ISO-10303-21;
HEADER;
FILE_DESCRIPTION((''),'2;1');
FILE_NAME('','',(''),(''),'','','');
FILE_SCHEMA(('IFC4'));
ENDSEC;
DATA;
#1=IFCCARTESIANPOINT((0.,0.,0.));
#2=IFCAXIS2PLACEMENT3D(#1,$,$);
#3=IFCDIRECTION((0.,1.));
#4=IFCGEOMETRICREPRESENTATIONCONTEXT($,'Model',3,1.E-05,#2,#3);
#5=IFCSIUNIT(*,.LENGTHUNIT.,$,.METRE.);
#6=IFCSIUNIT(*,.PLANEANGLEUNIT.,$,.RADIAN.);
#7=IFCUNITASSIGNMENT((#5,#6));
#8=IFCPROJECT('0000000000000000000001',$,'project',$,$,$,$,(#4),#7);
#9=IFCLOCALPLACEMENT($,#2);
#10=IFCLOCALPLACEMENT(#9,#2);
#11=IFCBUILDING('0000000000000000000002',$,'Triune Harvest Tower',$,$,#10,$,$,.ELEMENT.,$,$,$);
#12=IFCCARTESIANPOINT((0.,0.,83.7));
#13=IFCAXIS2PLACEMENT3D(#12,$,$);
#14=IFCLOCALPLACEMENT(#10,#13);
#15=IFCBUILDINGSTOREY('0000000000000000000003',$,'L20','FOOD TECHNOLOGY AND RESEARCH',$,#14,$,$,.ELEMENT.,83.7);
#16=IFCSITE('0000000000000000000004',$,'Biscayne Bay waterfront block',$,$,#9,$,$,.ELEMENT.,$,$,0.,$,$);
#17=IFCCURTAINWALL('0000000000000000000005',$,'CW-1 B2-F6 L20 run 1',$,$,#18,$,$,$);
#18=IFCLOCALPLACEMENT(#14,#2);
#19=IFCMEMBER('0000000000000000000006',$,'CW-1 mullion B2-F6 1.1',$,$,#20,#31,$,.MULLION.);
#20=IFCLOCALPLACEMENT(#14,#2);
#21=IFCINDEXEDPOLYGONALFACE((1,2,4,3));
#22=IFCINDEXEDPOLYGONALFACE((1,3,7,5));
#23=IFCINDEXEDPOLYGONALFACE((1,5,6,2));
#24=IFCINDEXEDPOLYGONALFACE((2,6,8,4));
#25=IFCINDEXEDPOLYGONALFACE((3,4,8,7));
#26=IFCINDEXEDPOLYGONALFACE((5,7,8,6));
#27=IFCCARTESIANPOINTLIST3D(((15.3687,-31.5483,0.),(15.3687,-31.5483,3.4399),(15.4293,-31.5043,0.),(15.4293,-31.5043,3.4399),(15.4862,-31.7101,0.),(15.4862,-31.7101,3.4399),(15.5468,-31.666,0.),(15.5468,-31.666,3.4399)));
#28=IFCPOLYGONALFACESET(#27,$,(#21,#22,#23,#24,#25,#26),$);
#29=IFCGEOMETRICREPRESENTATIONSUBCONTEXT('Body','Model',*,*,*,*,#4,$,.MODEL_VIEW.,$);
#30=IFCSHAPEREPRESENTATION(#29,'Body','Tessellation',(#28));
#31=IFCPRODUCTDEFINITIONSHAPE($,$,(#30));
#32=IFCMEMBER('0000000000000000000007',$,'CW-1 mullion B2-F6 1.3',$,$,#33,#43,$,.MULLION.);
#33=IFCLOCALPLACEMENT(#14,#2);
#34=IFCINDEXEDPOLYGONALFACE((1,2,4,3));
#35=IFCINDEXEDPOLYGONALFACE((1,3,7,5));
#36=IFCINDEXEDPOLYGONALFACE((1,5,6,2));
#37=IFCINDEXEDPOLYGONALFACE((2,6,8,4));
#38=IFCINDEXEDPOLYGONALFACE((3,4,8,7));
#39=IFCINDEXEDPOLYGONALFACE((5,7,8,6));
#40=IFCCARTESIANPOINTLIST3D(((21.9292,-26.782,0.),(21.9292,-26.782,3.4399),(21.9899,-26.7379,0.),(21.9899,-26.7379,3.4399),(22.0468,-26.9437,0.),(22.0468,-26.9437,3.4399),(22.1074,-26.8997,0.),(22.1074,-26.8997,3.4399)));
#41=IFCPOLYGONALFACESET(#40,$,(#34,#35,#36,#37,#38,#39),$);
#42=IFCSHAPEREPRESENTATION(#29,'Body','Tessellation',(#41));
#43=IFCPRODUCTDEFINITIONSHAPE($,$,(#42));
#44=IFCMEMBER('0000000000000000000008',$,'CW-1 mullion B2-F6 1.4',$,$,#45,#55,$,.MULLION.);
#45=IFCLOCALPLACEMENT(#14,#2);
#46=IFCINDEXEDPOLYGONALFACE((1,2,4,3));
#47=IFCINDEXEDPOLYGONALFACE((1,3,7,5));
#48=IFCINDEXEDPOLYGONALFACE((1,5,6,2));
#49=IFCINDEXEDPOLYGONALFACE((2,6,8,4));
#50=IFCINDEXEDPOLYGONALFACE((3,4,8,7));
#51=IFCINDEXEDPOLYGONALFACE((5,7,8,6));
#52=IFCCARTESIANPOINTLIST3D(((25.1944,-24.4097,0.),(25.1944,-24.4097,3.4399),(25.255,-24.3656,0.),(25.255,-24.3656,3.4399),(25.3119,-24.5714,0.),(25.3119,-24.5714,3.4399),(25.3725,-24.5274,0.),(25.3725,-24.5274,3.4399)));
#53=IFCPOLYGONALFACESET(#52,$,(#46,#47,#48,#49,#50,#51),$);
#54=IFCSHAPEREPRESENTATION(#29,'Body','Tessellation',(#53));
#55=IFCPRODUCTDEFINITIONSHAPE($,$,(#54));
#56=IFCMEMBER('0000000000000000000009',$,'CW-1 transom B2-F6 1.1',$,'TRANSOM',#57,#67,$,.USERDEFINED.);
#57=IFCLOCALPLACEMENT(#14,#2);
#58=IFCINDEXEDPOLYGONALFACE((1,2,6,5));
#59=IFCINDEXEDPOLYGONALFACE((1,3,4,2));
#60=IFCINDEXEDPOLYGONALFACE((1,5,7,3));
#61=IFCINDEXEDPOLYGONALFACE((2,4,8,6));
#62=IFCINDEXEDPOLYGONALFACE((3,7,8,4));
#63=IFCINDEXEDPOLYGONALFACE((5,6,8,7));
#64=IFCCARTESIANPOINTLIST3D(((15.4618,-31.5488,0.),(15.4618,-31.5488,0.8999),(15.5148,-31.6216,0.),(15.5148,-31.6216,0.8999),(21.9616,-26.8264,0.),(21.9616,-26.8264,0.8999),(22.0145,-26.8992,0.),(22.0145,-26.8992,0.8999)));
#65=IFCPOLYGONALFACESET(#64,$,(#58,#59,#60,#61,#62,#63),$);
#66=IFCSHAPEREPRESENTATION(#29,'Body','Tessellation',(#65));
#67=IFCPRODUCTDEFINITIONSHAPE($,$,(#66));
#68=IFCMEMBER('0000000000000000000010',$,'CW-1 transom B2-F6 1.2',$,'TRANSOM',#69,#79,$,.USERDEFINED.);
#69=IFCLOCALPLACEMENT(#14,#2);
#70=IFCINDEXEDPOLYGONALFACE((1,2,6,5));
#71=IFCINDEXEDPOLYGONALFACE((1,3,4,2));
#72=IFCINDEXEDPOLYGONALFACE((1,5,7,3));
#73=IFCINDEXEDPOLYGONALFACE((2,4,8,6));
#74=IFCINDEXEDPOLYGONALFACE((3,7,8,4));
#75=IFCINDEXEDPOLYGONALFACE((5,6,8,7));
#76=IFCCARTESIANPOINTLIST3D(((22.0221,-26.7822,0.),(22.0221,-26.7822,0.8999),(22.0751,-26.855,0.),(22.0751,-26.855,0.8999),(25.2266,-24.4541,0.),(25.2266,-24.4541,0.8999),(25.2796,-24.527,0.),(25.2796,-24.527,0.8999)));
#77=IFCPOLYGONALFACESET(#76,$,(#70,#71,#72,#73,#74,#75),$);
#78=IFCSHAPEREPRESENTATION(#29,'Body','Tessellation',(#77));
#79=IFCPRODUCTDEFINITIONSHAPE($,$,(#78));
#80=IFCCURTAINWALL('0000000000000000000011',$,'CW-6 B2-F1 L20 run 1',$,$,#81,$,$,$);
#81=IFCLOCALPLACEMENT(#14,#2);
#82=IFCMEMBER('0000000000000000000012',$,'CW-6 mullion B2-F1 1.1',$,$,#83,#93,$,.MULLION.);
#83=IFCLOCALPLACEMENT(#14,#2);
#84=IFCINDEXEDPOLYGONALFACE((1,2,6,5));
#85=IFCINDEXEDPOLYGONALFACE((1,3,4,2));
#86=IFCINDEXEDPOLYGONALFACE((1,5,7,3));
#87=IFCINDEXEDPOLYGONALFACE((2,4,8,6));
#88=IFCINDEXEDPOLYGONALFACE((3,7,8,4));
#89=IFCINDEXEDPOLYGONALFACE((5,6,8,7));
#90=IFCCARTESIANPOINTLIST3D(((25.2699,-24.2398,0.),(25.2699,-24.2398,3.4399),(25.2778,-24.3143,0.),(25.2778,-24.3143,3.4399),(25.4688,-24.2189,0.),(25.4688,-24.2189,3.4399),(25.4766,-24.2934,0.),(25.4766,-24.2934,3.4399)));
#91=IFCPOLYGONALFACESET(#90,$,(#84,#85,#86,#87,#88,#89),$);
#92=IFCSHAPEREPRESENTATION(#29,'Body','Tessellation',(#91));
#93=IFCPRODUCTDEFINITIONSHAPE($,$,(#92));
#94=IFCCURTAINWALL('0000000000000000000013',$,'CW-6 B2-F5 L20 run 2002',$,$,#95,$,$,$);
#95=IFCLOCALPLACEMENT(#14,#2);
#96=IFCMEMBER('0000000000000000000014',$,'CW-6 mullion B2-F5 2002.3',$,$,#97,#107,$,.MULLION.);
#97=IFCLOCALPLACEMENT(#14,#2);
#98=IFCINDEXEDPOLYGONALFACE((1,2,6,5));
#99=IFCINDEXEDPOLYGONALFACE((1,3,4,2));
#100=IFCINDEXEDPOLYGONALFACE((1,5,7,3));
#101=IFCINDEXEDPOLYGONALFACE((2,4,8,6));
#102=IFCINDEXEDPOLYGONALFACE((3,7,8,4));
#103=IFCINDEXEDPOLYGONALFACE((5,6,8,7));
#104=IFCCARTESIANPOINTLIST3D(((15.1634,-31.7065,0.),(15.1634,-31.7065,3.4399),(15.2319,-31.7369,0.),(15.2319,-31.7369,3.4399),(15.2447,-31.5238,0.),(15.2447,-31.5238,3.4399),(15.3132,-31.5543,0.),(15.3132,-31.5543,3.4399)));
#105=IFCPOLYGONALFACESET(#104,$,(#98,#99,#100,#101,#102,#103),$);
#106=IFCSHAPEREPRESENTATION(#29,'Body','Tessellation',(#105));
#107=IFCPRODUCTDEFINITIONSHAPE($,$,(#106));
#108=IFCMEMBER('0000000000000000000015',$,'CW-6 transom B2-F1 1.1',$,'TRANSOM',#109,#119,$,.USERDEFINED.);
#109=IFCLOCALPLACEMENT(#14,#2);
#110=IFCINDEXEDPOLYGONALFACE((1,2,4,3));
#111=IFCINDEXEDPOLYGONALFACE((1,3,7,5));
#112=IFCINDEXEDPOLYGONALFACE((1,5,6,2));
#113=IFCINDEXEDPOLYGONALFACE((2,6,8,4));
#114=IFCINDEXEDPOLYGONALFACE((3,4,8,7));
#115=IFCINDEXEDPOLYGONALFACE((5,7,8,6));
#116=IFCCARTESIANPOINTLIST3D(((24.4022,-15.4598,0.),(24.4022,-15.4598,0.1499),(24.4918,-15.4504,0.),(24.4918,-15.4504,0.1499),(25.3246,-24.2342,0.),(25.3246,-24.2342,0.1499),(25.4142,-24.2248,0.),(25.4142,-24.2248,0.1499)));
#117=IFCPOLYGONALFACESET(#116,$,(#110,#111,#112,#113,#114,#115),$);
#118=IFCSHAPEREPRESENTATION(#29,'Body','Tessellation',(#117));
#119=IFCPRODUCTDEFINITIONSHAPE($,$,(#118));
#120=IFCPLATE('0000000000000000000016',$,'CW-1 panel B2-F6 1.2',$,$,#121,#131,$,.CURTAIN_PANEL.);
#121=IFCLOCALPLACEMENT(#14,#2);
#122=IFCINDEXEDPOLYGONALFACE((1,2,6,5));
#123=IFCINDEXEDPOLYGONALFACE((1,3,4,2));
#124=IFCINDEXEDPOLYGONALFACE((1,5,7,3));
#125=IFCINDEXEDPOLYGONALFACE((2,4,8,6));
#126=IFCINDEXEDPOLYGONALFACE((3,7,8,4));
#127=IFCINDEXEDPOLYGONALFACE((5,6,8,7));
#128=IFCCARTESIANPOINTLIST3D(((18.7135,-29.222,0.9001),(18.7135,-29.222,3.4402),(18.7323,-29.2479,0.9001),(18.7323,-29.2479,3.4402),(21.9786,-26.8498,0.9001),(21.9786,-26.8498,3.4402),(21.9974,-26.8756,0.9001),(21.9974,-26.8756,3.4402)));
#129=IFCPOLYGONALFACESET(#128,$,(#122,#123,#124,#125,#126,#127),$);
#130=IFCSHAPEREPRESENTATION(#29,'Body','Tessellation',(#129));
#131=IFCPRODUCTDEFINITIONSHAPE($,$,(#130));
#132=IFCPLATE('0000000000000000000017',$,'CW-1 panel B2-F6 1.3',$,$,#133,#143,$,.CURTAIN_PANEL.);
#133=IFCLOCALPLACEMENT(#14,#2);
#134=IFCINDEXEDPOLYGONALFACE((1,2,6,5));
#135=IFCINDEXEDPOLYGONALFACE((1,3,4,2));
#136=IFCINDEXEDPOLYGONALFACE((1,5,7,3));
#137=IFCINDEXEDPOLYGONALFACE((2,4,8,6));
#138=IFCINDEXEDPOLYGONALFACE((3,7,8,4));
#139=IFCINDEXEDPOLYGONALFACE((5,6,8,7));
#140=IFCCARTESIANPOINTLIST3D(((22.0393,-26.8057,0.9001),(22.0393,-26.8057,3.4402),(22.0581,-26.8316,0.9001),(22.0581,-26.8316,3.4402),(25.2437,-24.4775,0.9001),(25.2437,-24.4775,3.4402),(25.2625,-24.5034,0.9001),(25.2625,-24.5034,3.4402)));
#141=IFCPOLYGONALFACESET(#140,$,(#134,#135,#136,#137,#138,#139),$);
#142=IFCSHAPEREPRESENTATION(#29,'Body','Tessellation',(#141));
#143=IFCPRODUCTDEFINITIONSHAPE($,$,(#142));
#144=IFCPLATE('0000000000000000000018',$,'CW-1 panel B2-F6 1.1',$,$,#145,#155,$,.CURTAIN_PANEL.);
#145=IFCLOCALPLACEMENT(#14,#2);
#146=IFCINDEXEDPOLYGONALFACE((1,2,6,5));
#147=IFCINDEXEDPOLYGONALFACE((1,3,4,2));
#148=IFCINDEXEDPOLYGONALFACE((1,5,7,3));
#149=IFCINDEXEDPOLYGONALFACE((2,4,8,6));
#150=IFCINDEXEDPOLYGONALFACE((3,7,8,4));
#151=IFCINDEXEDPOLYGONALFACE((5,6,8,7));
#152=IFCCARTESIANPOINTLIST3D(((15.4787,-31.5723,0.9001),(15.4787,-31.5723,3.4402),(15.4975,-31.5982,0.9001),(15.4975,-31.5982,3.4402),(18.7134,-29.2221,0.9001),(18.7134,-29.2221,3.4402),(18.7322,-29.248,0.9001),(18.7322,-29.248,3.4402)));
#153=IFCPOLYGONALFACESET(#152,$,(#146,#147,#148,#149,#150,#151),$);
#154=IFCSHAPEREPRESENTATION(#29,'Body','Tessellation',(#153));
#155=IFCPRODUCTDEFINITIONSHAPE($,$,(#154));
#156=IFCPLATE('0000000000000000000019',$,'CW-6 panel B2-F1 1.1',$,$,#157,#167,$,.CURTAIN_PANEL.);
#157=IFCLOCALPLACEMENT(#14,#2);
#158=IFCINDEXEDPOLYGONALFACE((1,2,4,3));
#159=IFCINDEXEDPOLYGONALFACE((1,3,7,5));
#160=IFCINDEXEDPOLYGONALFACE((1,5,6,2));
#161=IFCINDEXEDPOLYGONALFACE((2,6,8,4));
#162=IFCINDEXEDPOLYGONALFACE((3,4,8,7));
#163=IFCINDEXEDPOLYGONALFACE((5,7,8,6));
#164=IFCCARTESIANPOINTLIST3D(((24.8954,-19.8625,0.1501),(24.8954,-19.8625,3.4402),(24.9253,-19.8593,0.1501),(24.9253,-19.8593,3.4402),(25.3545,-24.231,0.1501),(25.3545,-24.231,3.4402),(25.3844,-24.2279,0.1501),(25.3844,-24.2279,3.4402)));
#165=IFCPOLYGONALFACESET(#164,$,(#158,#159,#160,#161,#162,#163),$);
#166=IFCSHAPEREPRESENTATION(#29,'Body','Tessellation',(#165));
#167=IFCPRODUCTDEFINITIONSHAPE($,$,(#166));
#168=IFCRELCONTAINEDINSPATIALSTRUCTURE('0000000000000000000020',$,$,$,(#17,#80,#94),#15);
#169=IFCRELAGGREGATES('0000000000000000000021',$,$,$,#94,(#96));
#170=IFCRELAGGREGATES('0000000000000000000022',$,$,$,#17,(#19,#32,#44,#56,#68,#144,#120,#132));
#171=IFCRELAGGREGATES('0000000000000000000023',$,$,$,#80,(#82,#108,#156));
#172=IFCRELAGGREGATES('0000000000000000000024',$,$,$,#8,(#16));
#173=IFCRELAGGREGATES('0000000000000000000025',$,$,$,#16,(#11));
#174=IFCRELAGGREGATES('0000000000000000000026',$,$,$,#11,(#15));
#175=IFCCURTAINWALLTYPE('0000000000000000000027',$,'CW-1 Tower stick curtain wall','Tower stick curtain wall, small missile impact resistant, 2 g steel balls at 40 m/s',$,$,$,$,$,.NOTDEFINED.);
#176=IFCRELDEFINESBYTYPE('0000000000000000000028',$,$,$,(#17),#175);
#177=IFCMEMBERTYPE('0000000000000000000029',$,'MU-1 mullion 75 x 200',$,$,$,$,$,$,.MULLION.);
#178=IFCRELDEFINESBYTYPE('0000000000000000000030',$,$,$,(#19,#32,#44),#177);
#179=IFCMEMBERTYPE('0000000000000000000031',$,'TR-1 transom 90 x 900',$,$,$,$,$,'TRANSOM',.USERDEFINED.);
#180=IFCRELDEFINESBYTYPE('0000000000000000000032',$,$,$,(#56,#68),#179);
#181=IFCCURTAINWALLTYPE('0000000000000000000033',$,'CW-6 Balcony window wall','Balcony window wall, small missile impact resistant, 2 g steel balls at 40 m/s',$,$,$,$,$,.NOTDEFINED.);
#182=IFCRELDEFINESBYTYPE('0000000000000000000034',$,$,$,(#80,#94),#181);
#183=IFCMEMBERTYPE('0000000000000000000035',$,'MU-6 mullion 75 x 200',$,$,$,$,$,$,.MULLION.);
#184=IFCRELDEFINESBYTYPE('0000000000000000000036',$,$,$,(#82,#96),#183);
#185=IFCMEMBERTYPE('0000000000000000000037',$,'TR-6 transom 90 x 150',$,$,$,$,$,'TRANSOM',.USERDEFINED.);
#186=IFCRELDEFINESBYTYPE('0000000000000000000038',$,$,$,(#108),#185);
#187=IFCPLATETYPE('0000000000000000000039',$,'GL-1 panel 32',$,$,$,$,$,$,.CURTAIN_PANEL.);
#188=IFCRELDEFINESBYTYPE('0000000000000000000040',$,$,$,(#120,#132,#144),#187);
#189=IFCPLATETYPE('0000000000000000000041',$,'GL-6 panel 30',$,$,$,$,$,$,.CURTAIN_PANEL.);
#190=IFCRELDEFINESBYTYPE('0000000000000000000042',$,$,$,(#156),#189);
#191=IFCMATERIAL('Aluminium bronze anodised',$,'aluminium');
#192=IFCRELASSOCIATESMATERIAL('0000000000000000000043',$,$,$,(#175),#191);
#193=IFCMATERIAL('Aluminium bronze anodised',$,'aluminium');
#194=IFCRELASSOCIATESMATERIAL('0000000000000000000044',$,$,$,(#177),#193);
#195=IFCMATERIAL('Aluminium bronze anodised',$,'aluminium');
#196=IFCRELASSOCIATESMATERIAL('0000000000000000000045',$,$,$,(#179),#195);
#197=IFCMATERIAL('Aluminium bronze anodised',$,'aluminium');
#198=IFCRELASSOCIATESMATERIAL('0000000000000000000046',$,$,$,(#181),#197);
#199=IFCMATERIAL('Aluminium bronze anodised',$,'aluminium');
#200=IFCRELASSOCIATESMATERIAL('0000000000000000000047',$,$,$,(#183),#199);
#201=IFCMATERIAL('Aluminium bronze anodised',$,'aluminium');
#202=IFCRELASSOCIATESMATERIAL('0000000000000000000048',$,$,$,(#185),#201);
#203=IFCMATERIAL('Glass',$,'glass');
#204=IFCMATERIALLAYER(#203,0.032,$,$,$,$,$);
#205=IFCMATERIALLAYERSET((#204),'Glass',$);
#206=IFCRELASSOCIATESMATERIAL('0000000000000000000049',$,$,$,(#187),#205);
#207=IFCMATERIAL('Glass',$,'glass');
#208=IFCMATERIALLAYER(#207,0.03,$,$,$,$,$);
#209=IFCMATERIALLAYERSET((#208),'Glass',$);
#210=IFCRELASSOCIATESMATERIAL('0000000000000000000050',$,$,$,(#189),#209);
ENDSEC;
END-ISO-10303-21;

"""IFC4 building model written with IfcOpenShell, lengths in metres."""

from ifc_helpers import new_model, si_unit, direction, frame, origin, origin_2d, place, context, subcontext, project, spatial, rectangle, extrude, source, transform, mapped, material, layer, layer_set, material_profile, profile_set, type_object, element, aggregate, save


model = new_model("IFC4")

# Units and contexts
model_context = context("Model", 3, precision=1e-05, world=origin(), true_north=direction((0.0, 1.0)))
body_context = subcontext(model_context, "Body", "Model", "MODEL_VIEW")
ifc_project = project(units=[si_unit("LENGTHUNIT", "METRE"), si_unit("PLANEANGLEUNIT", "RADIAN")], contexts=[model_context])

# Site, building, storey
site_placement = place(None, origin())
site = spatial("IfcSite", under=ifc_project, at=site_placement, Name="Biscayne Bay waterfront block", CompositionType="ELEMENT", RefElevation=0.0)
building_placement = place(site_placement, origin())
building = spatial("IfcBuilding", under=site, at=building_placement, Name="Triune Harvest Tower", CompositionType="ELEMENT")
storey_placement = place(building_placement, frame((0.0, 0.0, 83.7)))
storey = spatial("IfcBuildingStorey", under=building, at=storey_placement, Name="L20", Description="FOOD TECHNOLOGY AND RESEARCH", CompositionType="ELEMENT", Elevation=83.7)

# Curtain wall, members
ifc_material_1 = material(Name="Aluminium bronze anodised", Category="aluminium")
curtain_wall_type_1 = type_object("IfcCurtainWallType", Name="CW-1 Tower stick curtain wall", Description="Tower stick curtain wall, small missile impact resistant, 2 g steel balls at 40 m/s", PredefinedType="NOTDEFINED", material=ifc_material_1)
curtain_wall_1_placement = place(storey_placement, origin())
curtain_wall_1 = element("IfcCurtainWall", 1, at=curtain_wall_1_placement, inside=storey, type_object=curtain_wall_type_1, Name="CW-1 B2-F6 L20 run 1")
ifc_material_2 = material(Name="Aluminium bronze anodised", Category="aluminium")
ifc_material_profile_1 = material_profile(ifc_material_2, rectangle(XDim=0.2, YDim=0.075, at=origin_2d()), Name="MU-1 mullion 75 x 200")
ifc_profile_set_1 = profile_set([ifc_material_profile_1], Name="Aluminium bronze anodised")
member_type_1 = type_object("IfcMemberType", Name="MU-1 mullion 75 x 200", PredefinedType="MULLION", material=ifc_profile_set_1)
shared_shape_1 = source(origin(), body_context, "Body", "SweptSolid", [
    extrude(rectangle(XDim=0.2, YDim=0.075, at=origin_2d()), origin(), (0.0, 0.0, 1.0), 3.4399),
])
member_1_placement = place(storey_placement, frame((15.4578, -31.6072, 0.0), z_axis=(0.0, 0.0, 1.0), x_axis=(-0.58779, 0.809013, 0.0)))
member_1 = element("IfcMember", 2, at=member_1_placement, type_object=member_type_1, Name="CW-1 mullion B2-F6 1.1", PredefinedType="MULLION", context=body_context, shape_type="MappedRepresentation", body=[
    mapped(shared_shape_1, transform((0.0, 0.0, 0.0), scale=1.0)),
])
member_2_placement = place(storey_placement, frame((22.0183, -26.8408, 0.0), z_axis=(0.0, 0.0, 1.0), x_axis=(-0.58779, 0.809013, 0.0)))
member_2 = element("IfcMember", 3, at=member_2_placement, type_object=member_type_1, Name="CW-1 mullion B2-F6 1.3", PredefinedType="MULLION", context=body_context, shape_type="MappedRepresentation", body=[
    mapped(shared_shape_1, transform((0.0, 0.0, 0.0), scale=1.0)),
])
member_3_placement = place(storey_placement, frame((25.2834, -24.4685, 0.0), z_axis=(0.0, 0.0, 1.0), x_axis=(-0.58779, 0.809013, 0.0)))
member_3 = element("IfcMember", 4, at=member_3_placement, type_object=member_type_1, Name="CW-1 mullion B2-F6 1.4", PredefinedType="MULLION", context=body_context, shape_type="MappedRepresentation", body=[
    mapped(shared_shape_1, transform((0.0, 0.0, 0.0), scale=1.0)),
])
ifc_material_3 = material(Name="Aluminium bronze anodised", Category="aluminium")
ifc_material_profile_2 = material_profile(ifc_material_3, rectangle(XDim=0.0901, YDim=0.8999, at=origin_2d()), Name="TR-1 transom 90 x 900")
ifc_profile_set_2 = profile_set([ifc_material_profile_2], Name="Aluminium bronze anodised")
member_type_2 = type_object("IfcMemberType", Name="TR-1 transom 90 x 900", ElementType="TRANSOM", PredefinedType="USERDEFINED", material=ifc_profile_set_2)
shared_shape_2 = source(origin(), body_context, "Body", "SweptSolid", [
    extrude(rectangle(XDim=0.0901, YDim=0.8999, at=origin_2d()), origin(), (0.0, 0.0, 1.0), 8.0342),
])
member_4_placement = place(storey_placement, frame((15.4883, -31.5852, 0.45), z_axis=(0.809013, 0.58779, 0.0), x_axis=(-0.58779, 0.809013, 0.0)))
member_4 = element("IfcMember", 5, at=member_4_placement, type_object=member_type_2, Name="CW-1 transom B2-F6 1.1", ObjectType="TRANSOM", PredefinedType="USERDEFINED", context=body_context, shape_type="MappedRepresentation", body=[
    mapped(shared_shape_2, transform((0.0, 0.0, 0.0), scale=1.0)),
])
shared_shape_3 = source(origin(), body_context, "Body", "SweptSolid", [
    extrude(rectangle(XDim=0.0901, YDim=0.8999, at=origin_2d()), origin(), (0.0, 0.0, 1.0), 3.9609),
])
member_5_placement = place(storey_placement, frame((22.0486, -26.8186, 0.45), z_axis=(0.809034, 0.587761, 0.0), x_axis=(-0.587761, 0.809034, 0.0)))
member_5 = element("IfcMember", 6, at=member_5_placement, type_object=member_type_2, Name="CW-1 transom B2-F6 1.2", ObjectType="TRANSOM", PredefinedType="USERDEFINED", context=body_context, shape_type="MappedRepresentation", body=[
    mapped(shared_shape_3, transform((0.0, 0.0, 0.0), scale=1.0)),
])

# Curtain walls, members
ifc_material_4 = material(Name="Aluminium bronze anodised", Category="aluminium")
curtain_wall_type_2 = type_object("IfcCurtainWallType", Name="CW-6 Balcony window wall", Description="Balcony window wall, small missile impact resistant, 2 g steel balls at 40 m/s", PredefinedType="NOTDEFINED", material=ifc_material_4)
curtain_wall_2_placement = place(storey_placement, origin())
curtain_wall_2 = element("IfcCurtainWall", 7, at=curtain_wall_2_placement, inside=storey, type_object=curtain_wall_type_2, Name="CW-6 B2-F1 L20 run 1")
ifc_material_5 = material(Name="Aluminium bronze anodised", Category="aluminium")
ifc_material_profile_3 = material_profile(ifc_material_5, rectangle(XDim=0.2, YDim=0.075, at=origin_2d()), Name="MU-6 mullion 75 x 200")
ifc_profile_set_3 = profile_set([ifc_material_profile_3], Name="Aluminium bronze anodised")
member_type_3 = type_object("IfcMemberType", Name="MU-6 mullion 75 x 200", PredefinedType="MULLION", material=ifc_profile_set_3)
shared_shape_4 = source(origin(), body_context, "Body", "SweptSolid", [
    extrude(rectangle(XDim=0.2, YDim=0.075, at=origin_2d()), origin(), (0.0, 0.0, 1.0), 3.4399),
])
member_6_placement = place(storey_placement, frame((25.3733, -24.2666, 0.0), z_axis=(0.0, 0.0, 1.0), x_axis=(-0.994522, -0.104528, 0.0)))
member_6 = element("IfcMember", 8, at=member_6_placement, type_object=member_type_3, Name="CW-6 mullion B2-F1 1.1", PredefinedType="MULLION", context=body_context, shape_type="MappedRepresentation", body=[
    mapped(shared_shape_4, transform((0.0, 0.0, 0.0), scale=1.0)),
])
curtain_wall_3_placement = place(storey_placement, origin())
curtain_wall_3 = element("IfcCurtainWall", 9, at=curtain_wall_3_placement, inside=storey, type_object=curtain_wall_type_2, Name="CW-6 B2-F5 L20 run 2002")
member_7_placement = place(storey_placement, frame((15.2383, -31.6304, 0.0), z_axis=(0.0, 0.0, 1.0), x_axis=(0.406735, 0.913546, 0.0)))
member_7 = element("IfcMember", 10, at=member_7_placement, type_object=member_type_3, Name="CW-6 mullion B2-F5 2002.3", PredefinedType="MULLION", context=body_context, shape_type="MappedRepresentation", body=[
    mapped(shared_shape_4, transform((0.0, 0.0, 0.0), scale=1.0)),
])
aggregate(curtain_wall_3, [member_7])

# Member
ifc_material_6 = material(Name="Aluminium bronze anodised", Category="aluminium")
ifc_material_profile_4 = material_profile(ifc_material_6, rectangle(XDim=0.0901, YDim=0.1499, at=origin_2d()), Name="TR-6 transom 90 x 150")
ifc_profile_set_4 = profile_set([ifc_material_profile_4], Name="Aluminium bronze anodised")
member_type_4 = type_object("IfcMemberType", Name="TR-6 transom 90 x 150", ElementType="TRANSOM", PredefinedType="USERDEFINED", material=ifc_profile_set_4)
shared_shape_5 = source(origin(), body_context, "Body", "SweptSolid", [
    extrude(rectangle(XDim=0.0901, YDim=0.1499, at=origin_2d()), origin(), (0.0, 0.0, 1.0), 8.8228),
])
member_8_placement = place(storey_placement, frame((25.3694, -24.2295, 0.075), z_axis=(-0.104544, 0.99452, 0.0), x_axis=(-0.99452, -0.104544, 0.0)))
member_8 = element("IfcMember", 11, at=member_8_placement, type_object=member_type_4, Name="CW-6 transom B2-F1 1.1", ObjectType="TRANSOM", PredefinedType="USERDEFINED", context=body_context, shape_type="MappedRepresentation", body=[
    mapped(shared_shape_5, transform((0.0, 0.0, 0.0), scale=1.0)),
])

# Plates
ifc_material_7 = material(Name="Glass", Category="glass")
ifc_layer_1 = layer(ifc_material_7, 0.032)
ifc_layer_set_1 = layer_set([ifc_layer_1], Name="Glass")
plate_type_1 = type_object("IfcPlateType", Name="GL-1 panel 32", PredefinedType="CURTAIN_PANEL", material=ifc_layer_set_1)
shared_shape_6 = source(origin(), body_context, "Body", "SweptSolid", [
    extrude(rectangle(XDim=4.0359, YDim=0.032, at=origin_2d()), origin(), (0.0, 0.0, 1.0), 2.54),
])
plate_1_placement = place(storey_placement, frame((20.3555, -28.0488, 0.9001), z_axis=(0.0, 0.0, 1.0), x_axis=(0.809013, 0.58779, 0.0)))
plate_1 = element("IfcPlate", 12, at=plate_1_placement, type_object=plate_type_1, Name="CW-1 panel B2-F6 1.2", PredefinedType="CURTAIN_PANEL", context=body_context, shape_type="MappedRepresentation", body=[
    mapped(shared_shape_6, transform((0.0, 0.0, 0.0), scale=1.0)),
])
shared_shape_7 = source(origin(), body_context, "Body", "SweptSolid", [
    extrude(rectangle(XDim=3.9609, YDim=0.032, at=origin_2d()), origin(), (0.0, 0.0, 1.0), 2.54),
])
plate_2_placement = place(storey_placement, frame((23.6509, -25.6545, 0.9001), z_axis=(0.0, 0.0, 1.0), x_axis=(0.809013, 0.58779, 0.0)))
plate_2 = element("IfcPlate", 13, at=plate_2_placement, type_object=plate_type_1, Name="CW-1 panel B2-F6 1.3", PredefinedType="CURTAIN_PANEL", context=body_context, shape_type="MappedRepresentation", body=[
    mapped(shared_shape_7, transform((0.0, 0.0, 0.0), scale=1.0)),
])
shared_shape_8 = source(origin(), body_context, "Body", "SweptSolid", [
    extrude(rectangle(XDim=3.9983, YDim=0.032, at=origin_2d()), origin(), (0.0, 0.0, 1.0), 2.54),
])
plate_3_placement = place(storey_placement, frame((17.1055, -30.4102, 0.9001), z_axis=(0.0, 0.0, 1.0), x_axis=(0.809013, 0.58779, 0.0)))
plate_3 = element("IfcPlate", 14, at=plate_3_placement, type_object=plate_type_1, Name="CW-1 panel B2-F6 1.1", PredefinedType="CURTAIN_PANEL", context=body_context, shape_type="MappedRepresentation", body=[
    mapped(shared_shape_8, transform((0.0, 0.0, 0.0), scale=1.0)),
])
aggregate(curtain_wall_1, [member_1, member_2, member_3, member_4, member_5, plate_3, plate_1, plate_2])
ifc_material_8 = material(Name="Glass", Category="glass")
ifc_layer_2 = layer(ifc_material_8, 0.03)
ifc_layer_set_2 = layer_set([ifc_layer_2], Name="Glass")
plate_type_2 = type_object("IfcPlateType", Name="GL-6 panel 30", PredefinedType="CURTAIN_PANEL", material=ifc_layer_set_2)
shared_shape_9 = source(origin(), body_context, "Body", "SweptSolid", [
    extrude(rectangle(XDim=4.3926, YDim=0.03, at=origin_2d()), origin(), (0.0, 0.0, 1.0), 3.29),
])
plate_4_placement = place(storey_placement, frame((25.1399, -22.0452, 0.1501), z_axis=(0.0, 0.0, 1.0), x_axis=(-0.104528, 0.994522, 0.0)))
plate_4 = element("IfcPlate", 15, at=plate_4_placement, type_object=plate_type_2, Name="CW-6 panel B2-F1 1.1", PredefinedType="CURTAIN_PANEL", context=body_context, shape_type="MappedRepresentation", body=[
    mapped(shared_shape_9, transform((0.0, 0.0, 0.0), scale=1.0)),
])
aggregate(curtain_wall_2, [member_6, member_8, plate_4])

save(model, "model.ifc")
